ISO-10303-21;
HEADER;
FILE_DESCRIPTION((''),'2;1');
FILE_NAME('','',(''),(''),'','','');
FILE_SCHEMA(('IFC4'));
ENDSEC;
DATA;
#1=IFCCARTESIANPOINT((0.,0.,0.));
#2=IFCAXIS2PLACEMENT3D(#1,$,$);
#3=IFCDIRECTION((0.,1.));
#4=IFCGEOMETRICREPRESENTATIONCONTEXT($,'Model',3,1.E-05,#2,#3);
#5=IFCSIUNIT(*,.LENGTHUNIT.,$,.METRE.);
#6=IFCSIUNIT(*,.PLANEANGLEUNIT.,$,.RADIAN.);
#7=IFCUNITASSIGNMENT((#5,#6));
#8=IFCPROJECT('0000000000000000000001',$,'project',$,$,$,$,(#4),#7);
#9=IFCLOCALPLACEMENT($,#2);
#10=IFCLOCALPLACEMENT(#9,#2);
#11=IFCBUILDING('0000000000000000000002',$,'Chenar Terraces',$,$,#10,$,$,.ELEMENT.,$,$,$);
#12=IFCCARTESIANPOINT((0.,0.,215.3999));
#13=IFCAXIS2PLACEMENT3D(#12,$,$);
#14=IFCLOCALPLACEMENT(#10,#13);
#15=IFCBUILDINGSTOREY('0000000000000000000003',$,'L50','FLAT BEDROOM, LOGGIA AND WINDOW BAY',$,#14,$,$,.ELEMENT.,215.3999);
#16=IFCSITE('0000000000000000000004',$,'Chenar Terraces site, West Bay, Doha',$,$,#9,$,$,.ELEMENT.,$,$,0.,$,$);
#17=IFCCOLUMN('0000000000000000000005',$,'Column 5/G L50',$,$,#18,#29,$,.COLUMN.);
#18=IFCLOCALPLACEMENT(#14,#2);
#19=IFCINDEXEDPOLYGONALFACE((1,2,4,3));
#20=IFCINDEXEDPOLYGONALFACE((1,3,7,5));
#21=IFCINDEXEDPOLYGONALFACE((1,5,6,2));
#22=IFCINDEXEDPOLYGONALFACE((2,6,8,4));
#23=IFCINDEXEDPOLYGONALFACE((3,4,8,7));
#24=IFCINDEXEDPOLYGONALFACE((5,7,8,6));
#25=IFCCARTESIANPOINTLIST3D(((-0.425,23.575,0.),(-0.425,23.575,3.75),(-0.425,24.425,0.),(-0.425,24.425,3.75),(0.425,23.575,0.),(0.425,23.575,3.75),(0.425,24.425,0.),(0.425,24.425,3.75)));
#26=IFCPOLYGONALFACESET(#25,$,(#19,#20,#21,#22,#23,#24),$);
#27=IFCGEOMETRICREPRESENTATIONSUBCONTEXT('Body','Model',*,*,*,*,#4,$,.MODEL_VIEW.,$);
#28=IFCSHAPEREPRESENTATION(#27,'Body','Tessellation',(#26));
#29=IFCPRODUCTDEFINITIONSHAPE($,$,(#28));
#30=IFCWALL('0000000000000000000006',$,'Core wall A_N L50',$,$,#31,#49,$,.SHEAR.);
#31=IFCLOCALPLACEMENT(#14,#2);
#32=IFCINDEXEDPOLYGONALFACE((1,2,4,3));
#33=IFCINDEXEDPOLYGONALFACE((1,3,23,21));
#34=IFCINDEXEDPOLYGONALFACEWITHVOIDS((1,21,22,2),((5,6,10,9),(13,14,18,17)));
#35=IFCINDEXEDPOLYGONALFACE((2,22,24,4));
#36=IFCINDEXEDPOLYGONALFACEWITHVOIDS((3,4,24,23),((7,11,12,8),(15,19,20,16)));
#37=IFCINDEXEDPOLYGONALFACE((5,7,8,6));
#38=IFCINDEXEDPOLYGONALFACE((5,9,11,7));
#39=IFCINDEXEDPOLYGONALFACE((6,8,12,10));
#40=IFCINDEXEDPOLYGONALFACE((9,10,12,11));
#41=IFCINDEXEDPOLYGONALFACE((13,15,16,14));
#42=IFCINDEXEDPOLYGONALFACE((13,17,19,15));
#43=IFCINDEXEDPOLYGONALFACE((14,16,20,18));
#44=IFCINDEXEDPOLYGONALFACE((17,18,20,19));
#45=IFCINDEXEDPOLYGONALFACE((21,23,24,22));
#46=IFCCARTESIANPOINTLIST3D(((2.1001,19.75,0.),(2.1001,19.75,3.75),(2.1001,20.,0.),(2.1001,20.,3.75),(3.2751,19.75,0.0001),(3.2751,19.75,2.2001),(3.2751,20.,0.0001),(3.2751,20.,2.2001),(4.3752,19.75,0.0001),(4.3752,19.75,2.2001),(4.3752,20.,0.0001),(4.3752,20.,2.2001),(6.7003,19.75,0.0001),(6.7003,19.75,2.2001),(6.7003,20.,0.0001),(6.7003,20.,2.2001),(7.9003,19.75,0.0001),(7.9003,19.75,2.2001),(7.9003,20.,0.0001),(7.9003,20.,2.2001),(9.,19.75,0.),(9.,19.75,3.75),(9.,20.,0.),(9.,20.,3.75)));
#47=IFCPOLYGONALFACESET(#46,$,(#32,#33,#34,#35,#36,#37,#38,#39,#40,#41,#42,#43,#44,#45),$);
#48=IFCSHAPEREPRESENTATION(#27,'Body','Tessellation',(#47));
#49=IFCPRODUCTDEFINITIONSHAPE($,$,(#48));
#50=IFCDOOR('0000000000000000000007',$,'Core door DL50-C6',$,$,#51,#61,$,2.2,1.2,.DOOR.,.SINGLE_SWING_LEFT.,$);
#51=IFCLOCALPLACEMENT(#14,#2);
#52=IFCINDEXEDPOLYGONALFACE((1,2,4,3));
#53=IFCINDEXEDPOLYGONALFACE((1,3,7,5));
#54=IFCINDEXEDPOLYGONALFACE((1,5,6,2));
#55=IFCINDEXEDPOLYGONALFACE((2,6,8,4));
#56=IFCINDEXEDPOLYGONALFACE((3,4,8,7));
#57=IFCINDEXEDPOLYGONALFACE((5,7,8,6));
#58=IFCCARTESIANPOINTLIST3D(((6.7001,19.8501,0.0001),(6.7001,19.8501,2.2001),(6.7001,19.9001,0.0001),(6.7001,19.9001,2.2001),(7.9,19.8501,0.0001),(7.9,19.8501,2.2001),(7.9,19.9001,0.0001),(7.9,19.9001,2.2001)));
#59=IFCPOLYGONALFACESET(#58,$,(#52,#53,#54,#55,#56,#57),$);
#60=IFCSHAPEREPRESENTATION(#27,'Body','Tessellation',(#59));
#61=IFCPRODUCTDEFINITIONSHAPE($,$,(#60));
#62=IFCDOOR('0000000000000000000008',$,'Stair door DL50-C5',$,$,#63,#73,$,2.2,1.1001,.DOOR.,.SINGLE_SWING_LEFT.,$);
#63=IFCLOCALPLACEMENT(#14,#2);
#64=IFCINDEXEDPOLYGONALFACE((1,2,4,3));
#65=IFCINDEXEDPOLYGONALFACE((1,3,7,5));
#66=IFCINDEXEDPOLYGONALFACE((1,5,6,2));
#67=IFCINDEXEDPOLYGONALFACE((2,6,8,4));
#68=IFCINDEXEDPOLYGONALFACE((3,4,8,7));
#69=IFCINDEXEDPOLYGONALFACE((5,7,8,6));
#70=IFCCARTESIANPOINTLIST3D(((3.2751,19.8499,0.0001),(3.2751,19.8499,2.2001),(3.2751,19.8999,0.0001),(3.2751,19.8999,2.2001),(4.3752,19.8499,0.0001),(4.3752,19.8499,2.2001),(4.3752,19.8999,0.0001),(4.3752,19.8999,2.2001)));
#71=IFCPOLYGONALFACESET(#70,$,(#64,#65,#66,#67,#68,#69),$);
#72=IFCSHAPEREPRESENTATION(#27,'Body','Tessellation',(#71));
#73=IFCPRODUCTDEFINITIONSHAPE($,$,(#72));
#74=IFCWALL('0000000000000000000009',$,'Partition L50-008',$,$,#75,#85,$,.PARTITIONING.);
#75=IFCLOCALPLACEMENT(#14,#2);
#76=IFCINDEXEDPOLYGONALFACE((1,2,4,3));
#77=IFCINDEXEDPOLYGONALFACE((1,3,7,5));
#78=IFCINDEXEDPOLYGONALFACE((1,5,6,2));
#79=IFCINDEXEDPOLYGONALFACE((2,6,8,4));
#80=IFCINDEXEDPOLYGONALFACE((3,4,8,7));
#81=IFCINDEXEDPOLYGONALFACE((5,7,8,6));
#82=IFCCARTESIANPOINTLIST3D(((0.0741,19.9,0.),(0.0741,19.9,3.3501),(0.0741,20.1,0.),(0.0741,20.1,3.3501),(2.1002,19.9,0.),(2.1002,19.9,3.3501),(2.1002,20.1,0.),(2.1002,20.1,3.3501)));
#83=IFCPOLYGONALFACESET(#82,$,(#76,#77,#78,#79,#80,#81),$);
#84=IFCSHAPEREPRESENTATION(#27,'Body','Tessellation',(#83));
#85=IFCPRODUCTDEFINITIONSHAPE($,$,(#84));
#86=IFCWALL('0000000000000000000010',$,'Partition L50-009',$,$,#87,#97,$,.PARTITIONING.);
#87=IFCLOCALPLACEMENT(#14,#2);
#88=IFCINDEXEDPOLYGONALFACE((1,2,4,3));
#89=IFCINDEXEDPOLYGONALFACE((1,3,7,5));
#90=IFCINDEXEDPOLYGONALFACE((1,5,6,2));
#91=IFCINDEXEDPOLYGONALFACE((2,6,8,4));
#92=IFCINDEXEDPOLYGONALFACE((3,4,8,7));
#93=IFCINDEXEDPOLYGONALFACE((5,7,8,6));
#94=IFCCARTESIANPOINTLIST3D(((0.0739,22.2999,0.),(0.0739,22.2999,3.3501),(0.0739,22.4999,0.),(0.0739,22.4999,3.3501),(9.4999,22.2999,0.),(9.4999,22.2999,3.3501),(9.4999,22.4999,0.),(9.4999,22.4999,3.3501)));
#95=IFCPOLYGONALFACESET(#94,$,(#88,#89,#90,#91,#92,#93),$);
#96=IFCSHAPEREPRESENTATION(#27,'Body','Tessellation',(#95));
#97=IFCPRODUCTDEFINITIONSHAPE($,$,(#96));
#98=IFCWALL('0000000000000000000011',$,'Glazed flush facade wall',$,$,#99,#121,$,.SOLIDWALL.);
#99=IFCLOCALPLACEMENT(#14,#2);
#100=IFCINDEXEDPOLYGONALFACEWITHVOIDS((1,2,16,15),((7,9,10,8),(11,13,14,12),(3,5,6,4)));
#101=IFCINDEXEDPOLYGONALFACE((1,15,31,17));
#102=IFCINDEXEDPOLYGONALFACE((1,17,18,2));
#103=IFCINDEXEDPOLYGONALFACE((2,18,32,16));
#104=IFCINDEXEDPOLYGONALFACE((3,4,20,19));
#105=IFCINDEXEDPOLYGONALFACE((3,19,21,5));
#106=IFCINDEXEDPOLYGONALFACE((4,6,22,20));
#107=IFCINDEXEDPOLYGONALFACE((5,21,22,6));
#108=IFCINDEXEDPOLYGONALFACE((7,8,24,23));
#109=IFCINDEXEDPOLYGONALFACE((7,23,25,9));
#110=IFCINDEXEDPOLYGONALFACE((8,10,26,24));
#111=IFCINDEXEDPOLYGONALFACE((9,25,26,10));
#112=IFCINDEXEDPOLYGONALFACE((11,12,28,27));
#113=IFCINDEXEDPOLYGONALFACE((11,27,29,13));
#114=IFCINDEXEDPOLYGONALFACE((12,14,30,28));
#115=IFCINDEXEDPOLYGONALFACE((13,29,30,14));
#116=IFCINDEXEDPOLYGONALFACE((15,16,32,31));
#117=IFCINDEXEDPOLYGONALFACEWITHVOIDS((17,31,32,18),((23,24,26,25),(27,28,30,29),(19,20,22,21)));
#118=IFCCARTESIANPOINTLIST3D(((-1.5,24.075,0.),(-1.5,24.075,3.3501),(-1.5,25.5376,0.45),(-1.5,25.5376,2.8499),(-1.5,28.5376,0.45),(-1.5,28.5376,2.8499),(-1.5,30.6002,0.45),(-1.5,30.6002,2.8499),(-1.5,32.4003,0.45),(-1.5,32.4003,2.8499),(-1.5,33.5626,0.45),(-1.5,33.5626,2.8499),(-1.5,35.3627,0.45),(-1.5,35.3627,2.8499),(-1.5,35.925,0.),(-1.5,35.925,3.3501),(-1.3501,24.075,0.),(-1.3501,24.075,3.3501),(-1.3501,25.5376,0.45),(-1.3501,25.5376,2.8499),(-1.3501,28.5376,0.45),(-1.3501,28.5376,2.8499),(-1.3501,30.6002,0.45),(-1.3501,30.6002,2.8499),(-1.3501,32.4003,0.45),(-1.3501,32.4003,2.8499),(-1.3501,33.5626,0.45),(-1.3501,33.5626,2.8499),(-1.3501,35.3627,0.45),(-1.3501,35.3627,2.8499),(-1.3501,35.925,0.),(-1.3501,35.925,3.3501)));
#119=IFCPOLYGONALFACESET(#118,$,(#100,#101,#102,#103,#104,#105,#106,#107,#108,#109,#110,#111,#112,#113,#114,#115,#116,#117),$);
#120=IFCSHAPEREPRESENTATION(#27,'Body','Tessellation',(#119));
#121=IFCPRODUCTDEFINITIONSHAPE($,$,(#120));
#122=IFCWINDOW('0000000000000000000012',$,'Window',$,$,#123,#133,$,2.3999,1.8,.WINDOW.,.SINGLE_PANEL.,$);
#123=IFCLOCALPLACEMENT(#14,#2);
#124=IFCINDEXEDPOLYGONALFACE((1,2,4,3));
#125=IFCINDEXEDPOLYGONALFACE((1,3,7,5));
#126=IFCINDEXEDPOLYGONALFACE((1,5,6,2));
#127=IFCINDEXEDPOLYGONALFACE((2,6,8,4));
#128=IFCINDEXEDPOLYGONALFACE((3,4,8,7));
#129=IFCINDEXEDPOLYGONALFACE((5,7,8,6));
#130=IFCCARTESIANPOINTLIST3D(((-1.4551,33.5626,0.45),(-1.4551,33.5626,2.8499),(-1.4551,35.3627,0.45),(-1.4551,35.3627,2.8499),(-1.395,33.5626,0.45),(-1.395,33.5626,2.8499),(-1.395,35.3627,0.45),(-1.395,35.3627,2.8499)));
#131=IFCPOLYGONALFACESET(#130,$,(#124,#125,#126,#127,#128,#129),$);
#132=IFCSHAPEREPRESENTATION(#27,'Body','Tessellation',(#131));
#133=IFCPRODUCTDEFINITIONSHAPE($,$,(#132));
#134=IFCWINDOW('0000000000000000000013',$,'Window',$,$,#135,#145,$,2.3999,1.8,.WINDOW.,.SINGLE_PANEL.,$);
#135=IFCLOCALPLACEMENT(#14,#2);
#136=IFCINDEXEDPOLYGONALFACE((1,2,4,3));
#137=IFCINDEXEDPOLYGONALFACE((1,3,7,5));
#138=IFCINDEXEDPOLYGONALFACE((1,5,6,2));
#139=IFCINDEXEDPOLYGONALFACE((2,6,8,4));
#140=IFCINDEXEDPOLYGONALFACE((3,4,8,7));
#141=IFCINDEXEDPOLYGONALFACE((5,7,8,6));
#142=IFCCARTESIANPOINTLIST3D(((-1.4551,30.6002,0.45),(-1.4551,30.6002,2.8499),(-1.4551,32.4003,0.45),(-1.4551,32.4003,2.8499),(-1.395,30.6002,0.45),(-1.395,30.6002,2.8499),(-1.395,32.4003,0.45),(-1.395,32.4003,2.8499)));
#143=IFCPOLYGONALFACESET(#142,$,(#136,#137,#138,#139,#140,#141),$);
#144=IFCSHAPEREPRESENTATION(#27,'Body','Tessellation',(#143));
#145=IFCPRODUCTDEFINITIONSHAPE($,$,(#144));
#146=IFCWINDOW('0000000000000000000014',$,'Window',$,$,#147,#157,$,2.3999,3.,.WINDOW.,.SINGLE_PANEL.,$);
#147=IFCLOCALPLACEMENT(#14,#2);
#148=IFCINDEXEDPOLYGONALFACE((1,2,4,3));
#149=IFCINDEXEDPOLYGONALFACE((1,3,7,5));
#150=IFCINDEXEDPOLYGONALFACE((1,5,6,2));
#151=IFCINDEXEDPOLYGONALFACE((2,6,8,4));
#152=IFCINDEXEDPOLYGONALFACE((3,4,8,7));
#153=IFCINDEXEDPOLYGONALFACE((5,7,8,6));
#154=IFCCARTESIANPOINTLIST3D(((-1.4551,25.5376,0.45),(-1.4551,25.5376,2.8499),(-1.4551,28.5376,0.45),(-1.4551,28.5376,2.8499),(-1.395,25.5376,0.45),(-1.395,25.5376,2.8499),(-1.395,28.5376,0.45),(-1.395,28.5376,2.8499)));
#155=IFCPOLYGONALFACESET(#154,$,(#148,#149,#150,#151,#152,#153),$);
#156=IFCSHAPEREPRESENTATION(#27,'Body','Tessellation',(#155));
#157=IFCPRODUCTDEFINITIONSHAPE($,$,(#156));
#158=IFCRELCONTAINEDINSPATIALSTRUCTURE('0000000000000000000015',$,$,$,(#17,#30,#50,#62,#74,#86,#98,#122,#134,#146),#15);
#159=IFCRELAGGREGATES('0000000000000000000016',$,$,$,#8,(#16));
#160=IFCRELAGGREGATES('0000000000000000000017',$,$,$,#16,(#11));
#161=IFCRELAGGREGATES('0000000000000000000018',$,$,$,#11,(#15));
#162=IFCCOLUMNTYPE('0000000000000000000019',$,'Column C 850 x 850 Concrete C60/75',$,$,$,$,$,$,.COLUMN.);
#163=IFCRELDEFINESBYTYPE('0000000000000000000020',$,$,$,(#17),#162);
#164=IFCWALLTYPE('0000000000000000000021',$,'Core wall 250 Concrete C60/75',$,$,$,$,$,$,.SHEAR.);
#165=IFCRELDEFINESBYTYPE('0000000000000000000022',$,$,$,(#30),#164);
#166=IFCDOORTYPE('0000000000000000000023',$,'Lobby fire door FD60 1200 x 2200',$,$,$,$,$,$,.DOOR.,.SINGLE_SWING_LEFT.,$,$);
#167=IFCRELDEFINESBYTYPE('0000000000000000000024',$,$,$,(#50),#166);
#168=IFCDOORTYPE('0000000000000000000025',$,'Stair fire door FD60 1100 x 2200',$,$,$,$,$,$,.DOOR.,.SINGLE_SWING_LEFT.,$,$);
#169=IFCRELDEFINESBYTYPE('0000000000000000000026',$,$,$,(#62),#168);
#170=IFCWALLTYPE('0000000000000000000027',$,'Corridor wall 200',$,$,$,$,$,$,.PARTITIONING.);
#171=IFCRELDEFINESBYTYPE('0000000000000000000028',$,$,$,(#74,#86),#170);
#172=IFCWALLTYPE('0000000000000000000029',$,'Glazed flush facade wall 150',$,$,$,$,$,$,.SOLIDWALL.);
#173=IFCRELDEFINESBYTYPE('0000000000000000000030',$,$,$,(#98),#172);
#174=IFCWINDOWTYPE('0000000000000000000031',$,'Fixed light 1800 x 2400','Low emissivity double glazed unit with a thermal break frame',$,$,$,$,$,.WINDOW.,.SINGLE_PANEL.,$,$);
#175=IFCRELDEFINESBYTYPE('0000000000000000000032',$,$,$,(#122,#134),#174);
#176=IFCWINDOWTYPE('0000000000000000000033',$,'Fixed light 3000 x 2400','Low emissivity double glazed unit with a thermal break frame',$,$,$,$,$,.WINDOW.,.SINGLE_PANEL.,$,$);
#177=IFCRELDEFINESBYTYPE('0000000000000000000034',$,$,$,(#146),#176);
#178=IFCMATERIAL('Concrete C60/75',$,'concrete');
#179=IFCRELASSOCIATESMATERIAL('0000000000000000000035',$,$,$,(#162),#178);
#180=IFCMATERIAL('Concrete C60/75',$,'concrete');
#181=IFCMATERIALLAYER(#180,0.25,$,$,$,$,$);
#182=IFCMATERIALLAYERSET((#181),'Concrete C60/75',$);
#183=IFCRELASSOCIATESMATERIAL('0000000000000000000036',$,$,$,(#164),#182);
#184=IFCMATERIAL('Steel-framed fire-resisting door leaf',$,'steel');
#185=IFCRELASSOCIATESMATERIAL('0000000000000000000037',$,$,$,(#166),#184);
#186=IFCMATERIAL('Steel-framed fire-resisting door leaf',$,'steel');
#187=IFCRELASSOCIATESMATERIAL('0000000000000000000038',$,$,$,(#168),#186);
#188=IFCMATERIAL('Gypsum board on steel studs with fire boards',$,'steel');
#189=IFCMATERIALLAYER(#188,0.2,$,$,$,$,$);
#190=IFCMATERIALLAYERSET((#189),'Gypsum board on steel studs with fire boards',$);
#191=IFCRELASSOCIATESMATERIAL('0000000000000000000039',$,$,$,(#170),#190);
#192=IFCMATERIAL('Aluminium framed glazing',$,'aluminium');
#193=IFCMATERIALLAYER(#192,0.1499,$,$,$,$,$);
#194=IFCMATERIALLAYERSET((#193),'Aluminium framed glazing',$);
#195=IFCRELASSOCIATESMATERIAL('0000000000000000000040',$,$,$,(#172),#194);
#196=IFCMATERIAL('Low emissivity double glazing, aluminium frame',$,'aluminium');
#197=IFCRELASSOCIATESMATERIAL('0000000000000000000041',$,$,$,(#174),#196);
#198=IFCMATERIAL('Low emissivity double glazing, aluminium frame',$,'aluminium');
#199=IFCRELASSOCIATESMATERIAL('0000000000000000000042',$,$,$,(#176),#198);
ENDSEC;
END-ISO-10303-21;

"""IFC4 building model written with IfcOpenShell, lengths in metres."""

from ifc_helpers import new_model, si_unit, direction, frame, frame_2d, origin, origin_2d, place, context, subcontext, project, spatial, rectangle, extrude, material, layer, layer_set, material_profile, profile_set, type_object, element, fill, save


model = new_model("IFC4")

# Units and contexts
model_context = context("Model", 3, precision=1e-05, world=origin(), true_north=direction((0.0, 1.0)))
body_context = subcontext(model_context, "Body", "Model", "MODEL_VIEW")
ifc_project = project(units=[si_unit("LENGTHUNIT", "METRE"), si_unit("PLANEANGLEUNIT", "RADIAN")], contexts=[model_context])

# Site, building, storey
site_placement = place(None, origin())
site = spatial("IfcSite", under=ifc_project, at=site_placement, Name="Chenar Terraces site, West Bay, Doha", CompositionType="ELEMENT", RefElevation=0.0)
building_placement = place(site_placement, origin())
building = spatial("IfcBuilding", under=site, at=building_placement, Name="Chenar Terraces", CompositionType="ELEMENT")
storey_placement = place(building_placement, frame((0.0, 0.0, 215.3999)))
storey = spatial("IfcBuildingStorey", under=building, at=storey_placement, Name="L50", Description="FLAT BEDROOM, LOGGIA AND WINDOW BAY", CompositionType="ELEMENT", Elevation=215.3999)

# Column
ifc_material_1 = material(Name="Concrete C60/75", Category="concrete")
ifc_material_profile = material_profile(ifc_material_1, rectangle(XDim=0.8501, YDim=0.8501, at=origin_2d()), Name="C 850 x 850")
ifc_profile_set = profile_set([ifc_material_profile], Name="Concrete C60/75")
column_type = type_object("IfcColumnType", Name="Column C 850 x 850 Concrete C60/75", PredefinedType="COLUMN", material=ifc_profile_set)
column_placement = place(storey_placement, frame((0.0, 24.0, 0.0), z_axis=(0.0, 0.0, 1.0), x_axis=(1.0, 0.0, 0.0)))
element("IfcColumn", 1, at=column_placement, inside=storey, type_object=column_type, Name="Column 5/G L50", PredefinedType="COLUMN", context=body_context, shape_type="SweptSolid", body=[
    extrude(rectangle(XDim=0.8501, YDim=0.8501, at=origin_2d()), origin(), (0.0, 0.0, 1.0), 3.75),
])

# Wall, openings, doors
ifc_material_2 = material(Name="Concrete C60/75", Category="concrete")
ifc_layer_1 = layer(ifc_material_2, 0.25)
ifc_layer_set_1 = layer_set([ifc_layer_1], Name="Concrete C60/75")
wall_type_1 = type_object("IfcWallType", Name="Core wall 250 Concrete C60/75", PredefinedType="SHEAR", material=ifc_layer_set_1)
wall_1_placement = place(storey_placement, frame((2.1001, 19.875, 0.0), z_axis=(0.0, 0.0, 1.0), x_axis=(1.0, 0.0, 0.0)))
wall_1 = element("IfcWall", 2, at=wall_1_placement, inside=storey, type_object=wall_type_1, Name="Core wall A_N L50", PredefinedType="SHEAR", context=body_context, shape_type="SweptSolid", body=[
    extrude(rectangle(XDim=6.8999, YDim=0.25, at=frame_2d((3.45, 0.0))), origin(), (0.0, 0.0, 1.0), 3.75),
])
opening_1_placement = place(wall_1_placement, frame((1.175, 0.0, 0.0)))
opening_1 = element("IfcOpeningElement", 3, at=opening_1_placement, cuts=wall_1, PredefinedType="OPENING", context=body_context, shape_type="SweptSolid", body=[
    extrude(rectangle(XDim=1.1001, YDim=2.2, at=frame_2d((0.55, 1.1001))), frame((0.0, 0.135, 0.0), z_axis=(0.0, -1.0, 0.0), x_axis=(1.0, 0.0, 0.0)), (0.0, 0.0, 1.0), 0.27),
])
opening_2_placement = place(wall_1_placement, frame((4.6001, 0.0, 0.0)))
opening_2 = element("IfcOpeningElement", 4, at=opening_2_placement, cuts=wall_1, PredefinedType="OPENING", context=body_context, shape_type="SweptSolid", body=[
    extrude(rectangle(XDim=1.2, YDim=2.2, at=frame_2d((0.6001, 1.1001))), frame((0.0, 0.135, 0.0), z_axis=(0.0, -1.0, 0.0), x_axis=(1.0, 0.0, 0.0)), (0.0, 0.0, 1.0), 0.27),
])
ifc_material_3 = material(Name="Steel-framed fire-resisting door leaf", Category="steel")
door_type_1 = type_object("IfcDoorType", Name="Lobby fire door FD60 1200 x 2200", OperationType="SINGLE_SWING_LEFT", PredefinedType="DOOR", material=ifc_material_3)
door_1_placement = place(opening_2_placement, frame((1.2, 0.0, 0.0), z_axis=(0.0, 0.0, 1.0), x_axis=(-1.0, 0.0, 0.0)))
door_1 = element("IfcDoor", 5, at=door_1_placement, inside=storey, type_object=door_type_1, Name="Core door DL50-C6", OperationType="SINGLE_SWING_LEFT", OverallHeight=2.2, OverallWidth=1.2, PredefinedType="DOOR", context=body_context, shape_type="SweptSolid", body=[
    extrude(rectangle(XDim=1.2, YDim=2.2, at=frame_2d((0.6001, 1.1001))), frame((0.0, 0.0249, 0.0), z_axis=(0.0, -1.0, 0.0), x_axis=(1.0, 0.0, 0.0)), (0.0, 0.0, 1.0), 0.05),
])
fill(opening_2, door_1)
ifc_material_4 = material(Name="Steel-framed fire-resisting door leaf", Category="steel")
door_type_2 = type_object("IfcDoorType", Name="Stair fire door FD60 1100 x 2200", OperationType="SINGLE_SWING_LEFT", PredefinedType="DOOR", material=ifc_material_4)
door_2_placement = place(opening_1_placement, origin())
door_2 = element("IfcDoor", 6, at=door_2_placement, inside=storey, type_object=door_type_2, Name="Stair door DL50-C5", OperationType="SINGLE_SWING_LEFT", OverallHeight=2.2, OverallWidth=1.1001, PredefinedType="DOOR", context=body_context, shape_type="SweptSolid", body=[
    extrude(rectangle(XDim=1.1001, YDim=2.2, at=frame_2d((0.55, 1.1001))), frame((0.0, 0.0249, 0.0), z_axis=(0.0, -1.0, 0.0), x_axis=(1.0, 0.0, 0.0)), (0.0, 0.0, 1.0), 0.05),
])
fill(opening_1, door_2)

# Walls
ifc_material_5 = material(Name="Gypsum board on steel studs with fire boards", Category="steel")
ifc_layer_2 = layer(ifc_material_5, 0.2)
ifc_layer_set_2 = layer_set([ifc_layer_2], Name="Gypsum board on steel studs with fire boards")
wall_type_2 = type_object("IfcWallType", Name="Corridor wall 200", PredefinedType="PARTITIONING", material=ifc_layer_set_2)
wall_2_placement = place(storey_placement, frame((0.074, 20.0, 0.0), z_axis=(0.0, 0.0, 1.0), x_axis=(1.0, 0.0, 0.0)))
element("IfcWall", 7, at=wall_2_placement, inside=storey, type_object=wall_type_2, Name="Partition L50-008", PredefinedType="PARTITIONING", context=body_context, shape_type="SweptSolid", body=[
    extrude(rectangle(XDim=2.0261, YDim=0.2, at=frame_2d((1.0132, 0.0))), origin(), (0.0, 0.0, 1.0), 3.3501),
])
wall_3_placement = place(storey_placement, frame((0.074, 22.3999, 0.0), z_axis=(0.0, 0.0, 1.0), x_axis=(1.0, 0.0, 0.0)))
element("IfcWall", 8, at=wall_3_placement, inside=storey, type_object=wall_type_2, Name="Partition L50-009", PredefinedType="PARTITIONING", context=body_context, shape_type="SweptSolid", body=[
    extrude(rectangle(XDim=9.426, YDim=0.2, at=frame_2d((4.7129, 0.0))), origin(), (0.0, 0.0, 1.0), 3.3501),
])

# Wall, openings, windows
ifc_material_6 = material(Name="Aluminium framed glazing", Category="aluminium")
ifc_layer_3 = layer(ifc_material_6, 0.1499)
ifc_layer_set_3 = layer_set([ifc_layer_3], Name="Aluminium framed glazing")
wall_type_3 = type_object("IfcWallType", Name="Glazed flush facade wall 150", PredefinedType="SOLIDWALL", material=ifc_layer_set_3)
wall_4_placement = place(storey_placement, frame((-1.425, 35.925, 0.0), z_axis=(0.0, 0.0, 1.0), x_axis=(0.0, -1.0, 0.0)))
wall_4 = element("IfcWall", 9, at=wall_4_placement, inside=storey, type_object=wall_type_3, Name="Glazed flush facade wall", PredefinedType="SOLIDWALL", context=body_context, shape_type="SweptSolid", body=[
    extrude(rectangle(XDim=11.8501, YDim=0.1499, at=frame_2d((5.925, 0.0))), origin(), (0.0, 0.0, 1.0), 3.3501),
])
opening_3_placement = place(wall_4_placement, frame((0.5625, 0.0, 0.45)))
opening_3 = element("IfcOpeningElement", 10, at=opening_3_placement, cuts=wall_4, PredefinedType="OPENING", context=body_context, shape_type="SweptSolid", body=[
    extrude(rectangle(XDim=1.8, YDim=2.3999, at=frame_2d((0.8999, 1.2))), frame((0.0, 0.085, 0.0), z_axis=(0.0, -1.0, 0.0), x_axis=(1.0, 0.0, 0.0)), (0.0, 0.0, 1.0), 0.1699),
])
opening_4_placement = place(wall_4_placement, frame((3.5249, 0.0, 0.45)))
opening_4 = element("IfcOpeningElement", 11, at=opening_4_placement, cuts=wall_4, PredefinedType="OPENING", context=body_context, shape_type="SweptSolid", body=[
    extrude(rectangle(XDim=1.8, YDim=2.3999, at=frame_2d((0.8999, 1.2))), frame((0.0, 0.085, 0.0), z_axis=(0.0, -1.0, 0.0), x_axis=(1.0, 0.0, 0.0)), (0.0, 0.0, 1.0), 0.1699),
])
opening_5_placement = place(wall_4_placement, frame((7.3875, 0.0, 0.45)))
opening_5 = element("IfcOpeningElement", 12, at=opening_5_placement, cuts=wall_4, PredefinedType="OPENING", context=body_context, shape_type="SweptSolid", body=[
    extrude(rectangle(XDim=3.0, YDim=2.3999, at=frame_2d((1.5, 1.2))), frame((0.0, 0.085, 0.0), z_axis=(0.0, -1.0, 0.0), x_axis=(1.0, 0.0, 0.0)), (0.0, 0.0, 1.0), 0.1699),
])
ifc_material_7 = material(Name="Low emissivity double glazing, aluminium frame", Category="aluminium")
window_type_1 = type_object("IfcWindowType", Name="Fixed light 1800 x 2400", Description="Low emissivity double glazed unit with a thermal break frame", PartitioningType="SINGLE_PANEL", PredefinedType="WINDOW", material=ifc_material_7)
window_1_placement = place(opening_3_placement, origin())
window_1 = element("IfcWindow", 13, at=window_1_placement, inside=storey, type_object=window_type_1, Name="Window", OverallHeight=2.3999, OverallWidth=1.8, PartitioningType="SINGLE_PANEL", PredefinedType="WINDOW", context=body_context, shape_type="SweptSolid", body=[
    extrude(rectangle(XDim=1.8, YDim=2.3999, at=frame_2d((0.8999, 1.2))), frame((0.0, 0.03, 0.0), z_axis=(0.0, -1.0, 0.0), x_axis=(1.0, 0.0, 0.0)), (0.0, 0.0, 1.0), 0.0601),
])
fill(opening_3, window_1)
window_2_placement = place(opening_4_placement, origin())
window_2 = element("IfcWindow", 14, at=window_2_placement, inside=storey, type_object=window_type_1, Name="Window", OverallHeight=2.3999, OverallWidth=1.8, PartitioningType="SINGLE_PANEL", PredefinedType="WINDOW", context=body_context, shape_type="SweptSolid", body=[
    extrude(rectangle(XDim=1.8, YDim=2.3999, at=frame_2d((0.8999, 1.2))), frame((0.0, 0.03, 0.0), z_axis=(0.0, -1.0, 0.0), x_axis=(1.0, 0.0, 0.0)), (0.0, 0.0, 1.0), 0.0601),
])
fill(opening_4, window_2)
ifc_material_8 = material(Name="Low emissivity double glazing, aluminium frame", Category="aluminium")
window_type_2 = type_object("IfcWindowType", Name="Fixed light 3000 x 2400", Description="Low emissivity double glazed unit with a thermal break frame", PartitioningType="SINGLE_PANEL", PredefinedType="WINDOW", material=ifc_material_8)
window_3_placement = place(opening_5_placement, origin())
window_3 = element("IfcWindow", 15, at=window_3_placement, inside=storey, type_object=window_type_2, Name="Window", OverallHeight=2.3999, OverallWidth=3.0, PartitioningType="SINGLE_PANEL", PredefinedType="WINDOW", context=body_context, shape_type="SweptSolid", body=[
    extrude(rectangle(XDim=3.0, YDim=2.3999, at=frame_2d((1.5, 1.2))), frame((0.0, 0.03, 0.0), z_axis=(0.0, -1.0, 0.0), x_axis=(1.0, 0.0, 0.0)), (0.0, 0.0, 1.0), 0.0601),
])
fill(opening_5, window_3)

save(model, "model.ifc")
